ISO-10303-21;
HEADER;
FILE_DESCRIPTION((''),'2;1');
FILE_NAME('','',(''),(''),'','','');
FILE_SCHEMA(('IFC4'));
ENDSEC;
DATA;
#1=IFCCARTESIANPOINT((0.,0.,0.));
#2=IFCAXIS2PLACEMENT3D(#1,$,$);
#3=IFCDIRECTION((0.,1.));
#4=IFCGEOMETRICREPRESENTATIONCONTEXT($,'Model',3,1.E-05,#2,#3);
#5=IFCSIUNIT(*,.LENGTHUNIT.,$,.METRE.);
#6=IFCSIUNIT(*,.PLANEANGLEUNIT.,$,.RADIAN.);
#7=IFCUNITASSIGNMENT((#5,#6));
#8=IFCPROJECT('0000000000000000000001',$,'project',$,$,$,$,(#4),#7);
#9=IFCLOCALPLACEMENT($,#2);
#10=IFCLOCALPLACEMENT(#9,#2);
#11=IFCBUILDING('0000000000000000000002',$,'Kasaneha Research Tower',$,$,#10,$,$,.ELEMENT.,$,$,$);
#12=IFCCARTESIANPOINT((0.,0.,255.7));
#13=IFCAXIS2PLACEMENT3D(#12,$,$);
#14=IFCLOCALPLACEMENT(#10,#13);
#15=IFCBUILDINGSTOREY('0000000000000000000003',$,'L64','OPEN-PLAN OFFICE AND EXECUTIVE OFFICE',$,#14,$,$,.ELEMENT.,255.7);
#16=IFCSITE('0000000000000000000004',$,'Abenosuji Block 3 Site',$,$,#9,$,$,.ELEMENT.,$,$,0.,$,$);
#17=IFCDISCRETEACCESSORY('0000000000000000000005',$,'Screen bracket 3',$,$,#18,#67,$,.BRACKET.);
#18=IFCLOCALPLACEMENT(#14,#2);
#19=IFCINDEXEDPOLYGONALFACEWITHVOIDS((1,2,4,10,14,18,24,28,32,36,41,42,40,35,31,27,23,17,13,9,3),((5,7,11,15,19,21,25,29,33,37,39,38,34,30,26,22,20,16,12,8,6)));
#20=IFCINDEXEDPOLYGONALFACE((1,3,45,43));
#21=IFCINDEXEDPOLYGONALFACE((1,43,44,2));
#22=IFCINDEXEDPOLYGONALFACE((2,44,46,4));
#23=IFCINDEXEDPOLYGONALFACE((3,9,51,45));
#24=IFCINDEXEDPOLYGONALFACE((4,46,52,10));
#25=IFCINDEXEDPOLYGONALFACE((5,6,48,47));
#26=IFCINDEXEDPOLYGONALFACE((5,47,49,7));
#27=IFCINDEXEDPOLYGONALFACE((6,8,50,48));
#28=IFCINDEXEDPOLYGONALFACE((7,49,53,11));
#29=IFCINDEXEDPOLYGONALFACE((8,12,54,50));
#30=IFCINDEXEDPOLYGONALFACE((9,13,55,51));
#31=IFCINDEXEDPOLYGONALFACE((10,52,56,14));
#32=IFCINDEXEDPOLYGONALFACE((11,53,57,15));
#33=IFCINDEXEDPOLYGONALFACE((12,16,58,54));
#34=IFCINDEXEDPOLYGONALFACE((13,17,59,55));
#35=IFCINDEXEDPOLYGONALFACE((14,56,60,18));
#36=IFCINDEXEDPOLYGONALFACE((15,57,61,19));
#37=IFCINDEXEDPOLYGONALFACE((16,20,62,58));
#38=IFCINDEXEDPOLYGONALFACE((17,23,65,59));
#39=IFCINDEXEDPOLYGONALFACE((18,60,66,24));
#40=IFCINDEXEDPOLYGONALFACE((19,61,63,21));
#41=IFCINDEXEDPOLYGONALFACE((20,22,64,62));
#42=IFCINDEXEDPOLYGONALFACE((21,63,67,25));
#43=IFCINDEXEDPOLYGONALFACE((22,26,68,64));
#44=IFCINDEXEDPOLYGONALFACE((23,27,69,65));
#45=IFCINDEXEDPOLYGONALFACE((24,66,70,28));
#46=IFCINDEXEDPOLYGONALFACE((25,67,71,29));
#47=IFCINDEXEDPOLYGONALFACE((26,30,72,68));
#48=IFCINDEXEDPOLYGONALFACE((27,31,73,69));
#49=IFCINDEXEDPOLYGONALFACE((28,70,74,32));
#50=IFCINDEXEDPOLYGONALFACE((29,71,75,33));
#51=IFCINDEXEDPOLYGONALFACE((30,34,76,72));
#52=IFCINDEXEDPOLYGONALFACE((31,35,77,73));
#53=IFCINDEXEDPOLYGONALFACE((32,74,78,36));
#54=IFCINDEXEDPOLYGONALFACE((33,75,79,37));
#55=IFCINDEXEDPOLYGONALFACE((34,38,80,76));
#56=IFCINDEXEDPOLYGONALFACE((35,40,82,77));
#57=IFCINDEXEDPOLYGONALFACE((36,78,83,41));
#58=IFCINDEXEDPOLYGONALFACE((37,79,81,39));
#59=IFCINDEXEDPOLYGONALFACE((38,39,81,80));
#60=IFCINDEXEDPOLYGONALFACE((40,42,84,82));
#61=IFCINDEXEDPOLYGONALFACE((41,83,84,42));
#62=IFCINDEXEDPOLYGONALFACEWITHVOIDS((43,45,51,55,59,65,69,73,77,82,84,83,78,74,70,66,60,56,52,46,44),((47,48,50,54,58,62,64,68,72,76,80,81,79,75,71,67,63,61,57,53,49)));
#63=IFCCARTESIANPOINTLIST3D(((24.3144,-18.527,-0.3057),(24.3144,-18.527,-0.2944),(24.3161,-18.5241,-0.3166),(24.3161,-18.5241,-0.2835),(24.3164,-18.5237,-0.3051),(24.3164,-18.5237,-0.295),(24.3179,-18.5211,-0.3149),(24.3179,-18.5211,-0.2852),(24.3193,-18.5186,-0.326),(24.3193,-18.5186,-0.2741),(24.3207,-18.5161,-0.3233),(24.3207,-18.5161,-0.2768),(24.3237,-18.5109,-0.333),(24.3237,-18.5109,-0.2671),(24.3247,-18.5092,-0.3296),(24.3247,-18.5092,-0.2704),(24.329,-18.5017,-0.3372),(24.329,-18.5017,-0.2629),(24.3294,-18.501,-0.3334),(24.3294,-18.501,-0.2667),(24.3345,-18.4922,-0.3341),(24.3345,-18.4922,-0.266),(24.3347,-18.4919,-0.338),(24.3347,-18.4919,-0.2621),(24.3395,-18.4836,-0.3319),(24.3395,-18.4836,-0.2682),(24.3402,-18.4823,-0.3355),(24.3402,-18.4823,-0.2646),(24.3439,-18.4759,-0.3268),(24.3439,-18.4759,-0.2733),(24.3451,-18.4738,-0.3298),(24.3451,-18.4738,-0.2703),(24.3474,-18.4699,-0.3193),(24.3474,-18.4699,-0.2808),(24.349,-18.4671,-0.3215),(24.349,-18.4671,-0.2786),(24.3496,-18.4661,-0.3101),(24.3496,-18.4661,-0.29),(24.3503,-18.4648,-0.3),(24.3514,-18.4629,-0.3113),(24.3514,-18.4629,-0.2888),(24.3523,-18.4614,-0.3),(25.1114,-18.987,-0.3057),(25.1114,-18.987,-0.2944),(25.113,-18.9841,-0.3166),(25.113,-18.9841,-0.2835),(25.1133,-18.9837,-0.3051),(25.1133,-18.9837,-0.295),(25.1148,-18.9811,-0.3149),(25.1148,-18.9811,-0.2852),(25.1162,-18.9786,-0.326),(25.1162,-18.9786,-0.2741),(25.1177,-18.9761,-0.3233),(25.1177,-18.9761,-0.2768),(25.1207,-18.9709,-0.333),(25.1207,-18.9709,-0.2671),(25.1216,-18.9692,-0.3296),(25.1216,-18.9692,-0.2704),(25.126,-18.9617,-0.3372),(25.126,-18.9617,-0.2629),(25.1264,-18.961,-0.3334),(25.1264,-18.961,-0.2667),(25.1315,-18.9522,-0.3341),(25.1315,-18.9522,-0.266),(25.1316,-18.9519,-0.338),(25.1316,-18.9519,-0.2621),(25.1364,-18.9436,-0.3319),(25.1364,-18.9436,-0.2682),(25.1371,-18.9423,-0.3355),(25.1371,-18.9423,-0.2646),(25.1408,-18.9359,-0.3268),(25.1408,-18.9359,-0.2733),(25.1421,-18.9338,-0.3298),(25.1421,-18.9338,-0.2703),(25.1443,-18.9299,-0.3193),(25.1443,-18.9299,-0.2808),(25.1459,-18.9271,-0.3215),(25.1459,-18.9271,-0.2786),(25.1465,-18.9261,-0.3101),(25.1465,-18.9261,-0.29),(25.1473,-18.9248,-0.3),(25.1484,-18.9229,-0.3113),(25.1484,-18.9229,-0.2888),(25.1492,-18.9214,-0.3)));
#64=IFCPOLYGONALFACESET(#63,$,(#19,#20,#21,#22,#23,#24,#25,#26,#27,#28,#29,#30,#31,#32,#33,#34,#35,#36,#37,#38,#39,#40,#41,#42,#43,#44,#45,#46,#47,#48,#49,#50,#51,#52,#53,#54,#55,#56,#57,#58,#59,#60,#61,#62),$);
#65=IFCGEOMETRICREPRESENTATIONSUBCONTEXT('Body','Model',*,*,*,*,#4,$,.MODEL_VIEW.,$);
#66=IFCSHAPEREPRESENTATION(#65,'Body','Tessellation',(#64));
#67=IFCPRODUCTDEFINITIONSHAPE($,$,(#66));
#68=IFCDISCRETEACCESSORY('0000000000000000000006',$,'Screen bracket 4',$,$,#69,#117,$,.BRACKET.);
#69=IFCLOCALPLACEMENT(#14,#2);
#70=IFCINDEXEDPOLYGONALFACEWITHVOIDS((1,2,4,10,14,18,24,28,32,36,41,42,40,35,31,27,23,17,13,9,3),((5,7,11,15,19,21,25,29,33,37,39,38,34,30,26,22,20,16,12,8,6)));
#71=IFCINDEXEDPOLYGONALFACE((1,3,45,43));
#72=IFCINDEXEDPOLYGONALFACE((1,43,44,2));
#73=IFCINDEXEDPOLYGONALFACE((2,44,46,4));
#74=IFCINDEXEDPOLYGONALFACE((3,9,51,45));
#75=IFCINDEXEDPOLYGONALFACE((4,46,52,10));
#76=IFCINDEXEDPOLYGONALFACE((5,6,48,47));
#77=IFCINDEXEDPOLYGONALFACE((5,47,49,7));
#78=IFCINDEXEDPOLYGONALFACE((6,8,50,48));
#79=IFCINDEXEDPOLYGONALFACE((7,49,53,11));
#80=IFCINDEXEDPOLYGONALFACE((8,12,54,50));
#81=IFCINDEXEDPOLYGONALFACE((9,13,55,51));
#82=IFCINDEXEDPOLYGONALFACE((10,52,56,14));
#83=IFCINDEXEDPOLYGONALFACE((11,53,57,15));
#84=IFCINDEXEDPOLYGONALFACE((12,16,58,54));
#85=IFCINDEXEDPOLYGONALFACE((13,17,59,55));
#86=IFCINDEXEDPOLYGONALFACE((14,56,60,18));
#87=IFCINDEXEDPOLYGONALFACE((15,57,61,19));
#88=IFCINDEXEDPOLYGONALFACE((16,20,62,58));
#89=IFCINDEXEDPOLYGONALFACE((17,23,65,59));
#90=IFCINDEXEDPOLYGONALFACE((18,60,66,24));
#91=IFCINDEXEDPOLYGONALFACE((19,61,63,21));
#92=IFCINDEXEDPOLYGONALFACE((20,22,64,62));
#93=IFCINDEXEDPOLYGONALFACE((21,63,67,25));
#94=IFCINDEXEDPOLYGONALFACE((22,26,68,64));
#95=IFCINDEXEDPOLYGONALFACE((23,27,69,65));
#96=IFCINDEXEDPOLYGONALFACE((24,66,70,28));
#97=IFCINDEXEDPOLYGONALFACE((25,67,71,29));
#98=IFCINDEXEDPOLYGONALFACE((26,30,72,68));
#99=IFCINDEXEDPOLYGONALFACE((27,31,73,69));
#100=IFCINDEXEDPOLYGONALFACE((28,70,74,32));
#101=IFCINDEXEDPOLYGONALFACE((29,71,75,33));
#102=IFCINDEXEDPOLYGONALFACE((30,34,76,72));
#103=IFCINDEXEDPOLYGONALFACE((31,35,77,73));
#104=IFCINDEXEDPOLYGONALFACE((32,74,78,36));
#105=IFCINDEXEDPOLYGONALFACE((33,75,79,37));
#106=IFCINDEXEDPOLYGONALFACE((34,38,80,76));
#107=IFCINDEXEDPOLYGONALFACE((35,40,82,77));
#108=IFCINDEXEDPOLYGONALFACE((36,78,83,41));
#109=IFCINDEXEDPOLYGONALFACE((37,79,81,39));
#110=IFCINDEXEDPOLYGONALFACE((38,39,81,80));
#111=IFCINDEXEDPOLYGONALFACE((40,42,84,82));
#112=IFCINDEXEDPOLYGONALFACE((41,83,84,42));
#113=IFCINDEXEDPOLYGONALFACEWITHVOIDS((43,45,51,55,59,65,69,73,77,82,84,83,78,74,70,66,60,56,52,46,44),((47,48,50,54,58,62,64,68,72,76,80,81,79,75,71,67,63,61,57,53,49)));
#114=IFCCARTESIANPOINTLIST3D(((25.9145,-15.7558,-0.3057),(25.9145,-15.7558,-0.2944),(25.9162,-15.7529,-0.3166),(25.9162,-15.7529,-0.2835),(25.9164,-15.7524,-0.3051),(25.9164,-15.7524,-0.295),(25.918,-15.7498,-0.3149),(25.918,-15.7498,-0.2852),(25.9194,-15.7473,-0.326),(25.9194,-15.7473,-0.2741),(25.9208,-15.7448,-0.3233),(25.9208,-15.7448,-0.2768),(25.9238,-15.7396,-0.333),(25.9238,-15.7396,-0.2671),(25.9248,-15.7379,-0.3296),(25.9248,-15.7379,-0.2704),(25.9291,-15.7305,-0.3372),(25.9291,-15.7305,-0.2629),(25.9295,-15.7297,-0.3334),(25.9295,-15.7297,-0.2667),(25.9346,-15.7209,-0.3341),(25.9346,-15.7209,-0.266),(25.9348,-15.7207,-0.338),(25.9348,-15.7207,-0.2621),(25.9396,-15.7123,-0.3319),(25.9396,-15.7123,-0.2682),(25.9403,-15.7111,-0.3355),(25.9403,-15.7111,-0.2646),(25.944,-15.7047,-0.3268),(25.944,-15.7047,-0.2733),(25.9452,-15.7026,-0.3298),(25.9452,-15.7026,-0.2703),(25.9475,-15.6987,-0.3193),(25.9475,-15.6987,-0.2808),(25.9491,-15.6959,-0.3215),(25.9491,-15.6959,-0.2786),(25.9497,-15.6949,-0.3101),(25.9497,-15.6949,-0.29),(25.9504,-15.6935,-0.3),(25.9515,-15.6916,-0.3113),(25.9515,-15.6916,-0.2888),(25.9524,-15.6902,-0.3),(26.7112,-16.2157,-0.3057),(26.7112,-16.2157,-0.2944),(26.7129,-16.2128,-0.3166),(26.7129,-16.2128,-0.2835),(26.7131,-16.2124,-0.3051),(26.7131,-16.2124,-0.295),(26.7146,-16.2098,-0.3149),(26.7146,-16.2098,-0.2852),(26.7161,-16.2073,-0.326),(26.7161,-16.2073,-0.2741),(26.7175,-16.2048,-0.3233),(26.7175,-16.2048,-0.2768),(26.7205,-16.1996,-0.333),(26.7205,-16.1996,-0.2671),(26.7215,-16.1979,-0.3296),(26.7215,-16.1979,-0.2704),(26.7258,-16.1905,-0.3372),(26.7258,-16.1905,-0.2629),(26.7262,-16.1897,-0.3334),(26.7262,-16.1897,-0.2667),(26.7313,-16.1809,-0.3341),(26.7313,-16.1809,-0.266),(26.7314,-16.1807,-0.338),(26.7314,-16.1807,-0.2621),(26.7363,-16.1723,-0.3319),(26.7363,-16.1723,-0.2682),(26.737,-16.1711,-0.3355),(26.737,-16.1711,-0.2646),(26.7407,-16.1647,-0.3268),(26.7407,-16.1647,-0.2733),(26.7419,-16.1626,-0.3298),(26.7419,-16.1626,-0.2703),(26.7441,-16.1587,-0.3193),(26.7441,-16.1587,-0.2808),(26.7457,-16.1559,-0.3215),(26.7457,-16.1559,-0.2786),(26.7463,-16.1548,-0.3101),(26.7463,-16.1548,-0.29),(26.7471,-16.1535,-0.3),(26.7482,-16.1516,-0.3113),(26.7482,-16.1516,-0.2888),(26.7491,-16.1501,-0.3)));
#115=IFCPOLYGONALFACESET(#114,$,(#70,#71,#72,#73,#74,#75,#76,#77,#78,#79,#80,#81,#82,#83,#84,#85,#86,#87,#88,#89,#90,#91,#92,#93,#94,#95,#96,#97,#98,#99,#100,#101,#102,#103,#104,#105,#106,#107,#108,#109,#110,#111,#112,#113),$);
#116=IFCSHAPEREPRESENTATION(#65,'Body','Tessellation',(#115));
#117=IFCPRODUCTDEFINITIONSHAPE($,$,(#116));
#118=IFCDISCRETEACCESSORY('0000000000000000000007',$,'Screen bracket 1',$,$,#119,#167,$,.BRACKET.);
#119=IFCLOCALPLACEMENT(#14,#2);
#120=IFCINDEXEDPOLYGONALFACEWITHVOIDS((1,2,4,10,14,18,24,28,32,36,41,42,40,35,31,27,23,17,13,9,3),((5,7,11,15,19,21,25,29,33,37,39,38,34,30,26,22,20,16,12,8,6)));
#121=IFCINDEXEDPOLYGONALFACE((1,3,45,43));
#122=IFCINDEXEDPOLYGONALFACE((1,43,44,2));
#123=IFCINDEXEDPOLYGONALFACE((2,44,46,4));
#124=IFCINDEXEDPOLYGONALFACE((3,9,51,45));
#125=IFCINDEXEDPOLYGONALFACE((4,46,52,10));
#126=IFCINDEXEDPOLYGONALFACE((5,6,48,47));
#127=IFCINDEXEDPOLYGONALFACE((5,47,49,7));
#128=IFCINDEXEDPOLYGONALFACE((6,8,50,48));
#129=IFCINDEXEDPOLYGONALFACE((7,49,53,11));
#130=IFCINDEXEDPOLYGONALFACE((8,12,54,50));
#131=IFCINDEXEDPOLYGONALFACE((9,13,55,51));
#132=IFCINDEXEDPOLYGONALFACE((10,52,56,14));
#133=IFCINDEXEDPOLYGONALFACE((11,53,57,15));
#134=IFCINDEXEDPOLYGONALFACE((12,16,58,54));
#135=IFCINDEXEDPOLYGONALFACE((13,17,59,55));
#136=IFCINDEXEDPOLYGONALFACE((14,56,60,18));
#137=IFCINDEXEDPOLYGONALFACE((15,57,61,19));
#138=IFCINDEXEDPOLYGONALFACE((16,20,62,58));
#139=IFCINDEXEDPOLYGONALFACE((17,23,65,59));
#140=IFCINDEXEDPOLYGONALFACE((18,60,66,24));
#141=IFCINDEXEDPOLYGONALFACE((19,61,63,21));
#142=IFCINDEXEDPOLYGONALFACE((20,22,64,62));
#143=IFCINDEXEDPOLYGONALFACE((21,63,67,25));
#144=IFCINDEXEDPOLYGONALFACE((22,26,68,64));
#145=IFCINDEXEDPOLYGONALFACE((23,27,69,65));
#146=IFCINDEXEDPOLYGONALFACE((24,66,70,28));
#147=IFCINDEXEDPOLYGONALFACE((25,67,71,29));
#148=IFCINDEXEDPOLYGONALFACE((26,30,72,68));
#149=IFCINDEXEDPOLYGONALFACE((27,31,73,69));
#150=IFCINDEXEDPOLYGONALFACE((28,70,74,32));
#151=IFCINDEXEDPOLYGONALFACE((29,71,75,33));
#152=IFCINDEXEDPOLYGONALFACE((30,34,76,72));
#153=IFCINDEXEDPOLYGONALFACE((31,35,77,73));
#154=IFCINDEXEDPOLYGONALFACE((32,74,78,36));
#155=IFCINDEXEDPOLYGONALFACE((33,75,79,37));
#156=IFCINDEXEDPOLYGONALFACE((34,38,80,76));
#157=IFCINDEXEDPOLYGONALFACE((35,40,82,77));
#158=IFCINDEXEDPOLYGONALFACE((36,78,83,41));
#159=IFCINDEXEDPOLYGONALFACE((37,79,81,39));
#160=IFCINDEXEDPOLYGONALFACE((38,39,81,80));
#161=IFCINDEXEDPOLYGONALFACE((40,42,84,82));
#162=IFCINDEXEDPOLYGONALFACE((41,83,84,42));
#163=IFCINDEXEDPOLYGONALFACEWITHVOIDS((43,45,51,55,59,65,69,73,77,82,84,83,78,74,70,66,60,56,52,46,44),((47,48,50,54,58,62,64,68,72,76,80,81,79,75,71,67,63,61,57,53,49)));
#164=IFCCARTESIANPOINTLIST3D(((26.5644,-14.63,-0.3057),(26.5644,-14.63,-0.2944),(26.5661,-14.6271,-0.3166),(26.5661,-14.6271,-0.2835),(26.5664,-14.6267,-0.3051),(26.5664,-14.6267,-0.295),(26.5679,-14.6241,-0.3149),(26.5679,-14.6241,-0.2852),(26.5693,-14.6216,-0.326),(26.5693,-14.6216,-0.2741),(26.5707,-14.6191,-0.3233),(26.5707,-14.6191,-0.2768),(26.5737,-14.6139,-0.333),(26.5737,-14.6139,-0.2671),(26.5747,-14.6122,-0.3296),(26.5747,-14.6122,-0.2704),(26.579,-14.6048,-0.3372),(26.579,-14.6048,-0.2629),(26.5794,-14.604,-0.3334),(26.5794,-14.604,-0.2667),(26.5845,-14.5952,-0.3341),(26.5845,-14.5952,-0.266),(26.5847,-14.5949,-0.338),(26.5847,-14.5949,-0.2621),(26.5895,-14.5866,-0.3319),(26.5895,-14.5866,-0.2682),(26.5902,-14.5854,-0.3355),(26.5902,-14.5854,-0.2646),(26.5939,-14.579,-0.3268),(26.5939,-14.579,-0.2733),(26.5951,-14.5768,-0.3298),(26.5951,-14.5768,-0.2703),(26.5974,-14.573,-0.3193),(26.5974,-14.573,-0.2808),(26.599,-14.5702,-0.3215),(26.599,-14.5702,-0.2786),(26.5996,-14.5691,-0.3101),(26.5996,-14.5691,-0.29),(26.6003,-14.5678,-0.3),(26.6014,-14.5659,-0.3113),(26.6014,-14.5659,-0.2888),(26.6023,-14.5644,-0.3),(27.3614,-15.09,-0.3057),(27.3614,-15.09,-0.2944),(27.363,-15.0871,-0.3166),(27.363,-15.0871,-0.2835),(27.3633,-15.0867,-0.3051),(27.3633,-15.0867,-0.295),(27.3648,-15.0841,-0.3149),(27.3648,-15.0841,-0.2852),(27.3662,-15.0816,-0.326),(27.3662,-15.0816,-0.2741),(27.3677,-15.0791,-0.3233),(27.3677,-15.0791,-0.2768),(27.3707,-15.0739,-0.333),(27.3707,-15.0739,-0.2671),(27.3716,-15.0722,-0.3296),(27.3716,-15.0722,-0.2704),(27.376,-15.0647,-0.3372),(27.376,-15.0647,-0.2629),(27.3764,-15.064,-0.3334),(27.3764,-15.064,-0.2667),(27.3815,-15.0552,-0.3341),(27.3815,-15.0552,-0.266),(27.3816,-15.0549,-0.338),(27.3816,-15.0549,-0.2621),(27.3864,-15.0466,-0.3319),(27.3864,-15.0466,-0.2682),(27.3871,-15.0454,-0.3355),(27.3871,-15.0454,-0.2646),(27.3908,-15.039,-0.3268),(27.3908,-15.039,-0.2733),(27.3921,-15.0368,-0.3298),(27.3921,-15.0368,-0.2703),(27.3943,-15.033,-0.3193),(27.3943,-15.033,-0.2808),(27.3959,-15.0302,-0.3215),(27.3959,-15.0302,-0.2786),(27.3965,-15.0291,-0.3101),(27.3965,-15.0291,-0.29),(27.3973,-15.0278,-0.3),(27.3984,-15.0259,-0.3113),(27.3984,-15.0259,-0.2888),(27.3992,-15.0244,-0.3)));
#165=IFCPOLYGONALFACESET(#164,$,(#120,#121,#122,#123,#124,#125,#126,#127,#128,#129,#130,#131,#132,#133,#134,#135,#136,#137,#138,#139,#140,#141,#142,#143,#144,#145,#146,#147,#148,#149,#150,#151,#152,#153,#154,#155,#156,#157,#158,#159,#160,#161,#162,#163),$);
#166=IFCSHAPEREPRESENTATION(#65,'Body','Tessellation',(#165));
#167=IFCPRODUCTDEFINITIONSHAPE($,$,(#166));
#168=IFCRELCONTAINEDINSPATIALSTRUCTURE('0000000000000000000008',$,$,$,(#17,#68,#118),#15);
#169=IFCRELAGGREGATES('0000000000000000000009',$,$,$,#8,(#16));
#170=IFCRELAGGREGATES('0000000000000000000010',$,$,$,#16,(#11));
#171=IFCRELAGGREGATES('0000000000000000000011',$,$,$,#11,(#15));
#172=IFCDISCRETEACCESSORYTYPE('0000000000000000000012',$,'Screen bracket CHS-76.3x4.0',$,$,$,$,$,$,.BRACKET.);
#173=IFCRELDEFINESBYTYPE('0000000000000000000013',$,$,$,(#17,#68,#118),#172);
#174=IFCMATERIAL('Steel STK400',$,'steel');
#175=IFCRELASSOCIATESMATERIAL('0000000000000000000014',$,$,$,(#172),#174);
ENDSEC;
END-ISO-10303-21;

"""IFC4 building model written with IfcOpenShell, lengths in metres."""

from ifc_helpers import new_model, si_unit, direction, frame, origin, origin_2d, place, context, subcontext, project, spatial, hollow_circle, extrude, material, material_profile, profile_set, type_object, element, save


model = new_model("IFC4")

# Units and contexts
model_context = context("Model", 3, precision=1e-05, world=origin(), true_north=direction((0.0, 1.0)))
body_context = subcontext(model_context, "Body", "Model", "MODEL_VIEW")
ifc_project = project(units=[si_unit("LENGTHUNIT", "METRE"), si_unit("PLANEANGLEUNIT", "RADIAN")], contexts=[model_context])

# Site, building, storey
site_placement = place(None, origin())
site = spatial("IfcSite", under=ifc_project, at=site_placement, Name="Abenosuji Block 3 Site", CompositionType="ELEMENT", RefElevation=0.0)
building_placement = place(site_placement, origin())
building = spatial("IfcBuilding", under=site, at=building_placement, Name="Kasaneha Research Tower", CompositionType="ELEMENT")
storey_placement = place(building_placement, frame((0.0, 0.0, 255.7)))
storey = spatial("IfcBuildingStorey", under=building, at=storey_placement, Name="L64", Description="OPEN-PLAN OFFICE AND EXECUTIVE OFFICE", CompositionType="ELEMENT", Elevation=255.7)

# Discrete accessories
ifc_material_1 = material(Name="Steel STK400", Category="steel")
ifc_material_profile_1 = material_profile(ifc_material_1, hollow_circle(Radius=0.0381, WallThickness=0.0039, at=origin_2d()), Name="CHS-76.3x4.0")
ifc_profile_set_1 = profile_set([ifc_material_profile_1], Name="Steel STK400")
discrete_accessory_type = type_object("IfcDiscreteAccessoryType", Name="Screen bracket CHS-76.3x4.0", PredefinedType="BRACKET", material=ifc_profile_set_1)
discrete_accessory_1_placement = place(storey_placement, frame((24.3333, -18.4944, -0.3), z_axis=(0.86608, -0.499906, 0.0), x_axis=(0.499906, 0.86608, 0.0)))
element("IfcDiscreteAccessory", 1, at=discrete_accessory_1_placement, inside=storey, type_object=discrete_accessory_type, Name="Screen bracket 3", PredefinedType="BRACKET", context=body_context, shape_type="SweptSolid", body=[
    extrude(hollow_circle(Radius=0.0381, WallThickness=0.0039, at=origin_2d()), origin(), (0.0, 0.0, 1.0), 0.9202),
])
discrete_accessory_2_placement = place(storey_placement, frame((25.9333, -15.7231, -0.3), z_axis=(0.866013, -0.500021, 0.0), x_axis=(0.500021, 0.866013, 0.0)))
element("IfcDiscreteAccessory", 2, at=discrete_accessory_2_placement, inside=storey, type_object=discrete_accessory_type, Name="Screen bracket 4", PredefinedType="BRACKET", context=body_context, shape_type="SweptSolid", body=[
    extrude(hollow_circle(Radius=0.0381, WallThickness=0.0039, at=origin_2d()), origin(), (0.0, 0.0, 1.0), 0.9199),
])
discrete_accessory_3_placement = place(storey_placement, frame((26.5833, -14.5974, -0.3), z_axis=(0.86608, -0.499906, 0.0), x_axis=(0.499906, 0.86608, 0.0)))
element("IfcDiscreteAccessory", 3, at=discrete_accessory_3_placement, inside=storey, type_object=discrete_accessory_type, Name="Screen bracket 1", PredefinedType="BRACKET", context=body_context, shape_type="SweptSolid", body=[
    extrude(hollow_circle(Radius=0.0381, WallThickness=0.0039, at=origin_2d()), origin(), (0.0, 0.0, 1.0), 0.9202),
])

save(model, "model.ifc")
